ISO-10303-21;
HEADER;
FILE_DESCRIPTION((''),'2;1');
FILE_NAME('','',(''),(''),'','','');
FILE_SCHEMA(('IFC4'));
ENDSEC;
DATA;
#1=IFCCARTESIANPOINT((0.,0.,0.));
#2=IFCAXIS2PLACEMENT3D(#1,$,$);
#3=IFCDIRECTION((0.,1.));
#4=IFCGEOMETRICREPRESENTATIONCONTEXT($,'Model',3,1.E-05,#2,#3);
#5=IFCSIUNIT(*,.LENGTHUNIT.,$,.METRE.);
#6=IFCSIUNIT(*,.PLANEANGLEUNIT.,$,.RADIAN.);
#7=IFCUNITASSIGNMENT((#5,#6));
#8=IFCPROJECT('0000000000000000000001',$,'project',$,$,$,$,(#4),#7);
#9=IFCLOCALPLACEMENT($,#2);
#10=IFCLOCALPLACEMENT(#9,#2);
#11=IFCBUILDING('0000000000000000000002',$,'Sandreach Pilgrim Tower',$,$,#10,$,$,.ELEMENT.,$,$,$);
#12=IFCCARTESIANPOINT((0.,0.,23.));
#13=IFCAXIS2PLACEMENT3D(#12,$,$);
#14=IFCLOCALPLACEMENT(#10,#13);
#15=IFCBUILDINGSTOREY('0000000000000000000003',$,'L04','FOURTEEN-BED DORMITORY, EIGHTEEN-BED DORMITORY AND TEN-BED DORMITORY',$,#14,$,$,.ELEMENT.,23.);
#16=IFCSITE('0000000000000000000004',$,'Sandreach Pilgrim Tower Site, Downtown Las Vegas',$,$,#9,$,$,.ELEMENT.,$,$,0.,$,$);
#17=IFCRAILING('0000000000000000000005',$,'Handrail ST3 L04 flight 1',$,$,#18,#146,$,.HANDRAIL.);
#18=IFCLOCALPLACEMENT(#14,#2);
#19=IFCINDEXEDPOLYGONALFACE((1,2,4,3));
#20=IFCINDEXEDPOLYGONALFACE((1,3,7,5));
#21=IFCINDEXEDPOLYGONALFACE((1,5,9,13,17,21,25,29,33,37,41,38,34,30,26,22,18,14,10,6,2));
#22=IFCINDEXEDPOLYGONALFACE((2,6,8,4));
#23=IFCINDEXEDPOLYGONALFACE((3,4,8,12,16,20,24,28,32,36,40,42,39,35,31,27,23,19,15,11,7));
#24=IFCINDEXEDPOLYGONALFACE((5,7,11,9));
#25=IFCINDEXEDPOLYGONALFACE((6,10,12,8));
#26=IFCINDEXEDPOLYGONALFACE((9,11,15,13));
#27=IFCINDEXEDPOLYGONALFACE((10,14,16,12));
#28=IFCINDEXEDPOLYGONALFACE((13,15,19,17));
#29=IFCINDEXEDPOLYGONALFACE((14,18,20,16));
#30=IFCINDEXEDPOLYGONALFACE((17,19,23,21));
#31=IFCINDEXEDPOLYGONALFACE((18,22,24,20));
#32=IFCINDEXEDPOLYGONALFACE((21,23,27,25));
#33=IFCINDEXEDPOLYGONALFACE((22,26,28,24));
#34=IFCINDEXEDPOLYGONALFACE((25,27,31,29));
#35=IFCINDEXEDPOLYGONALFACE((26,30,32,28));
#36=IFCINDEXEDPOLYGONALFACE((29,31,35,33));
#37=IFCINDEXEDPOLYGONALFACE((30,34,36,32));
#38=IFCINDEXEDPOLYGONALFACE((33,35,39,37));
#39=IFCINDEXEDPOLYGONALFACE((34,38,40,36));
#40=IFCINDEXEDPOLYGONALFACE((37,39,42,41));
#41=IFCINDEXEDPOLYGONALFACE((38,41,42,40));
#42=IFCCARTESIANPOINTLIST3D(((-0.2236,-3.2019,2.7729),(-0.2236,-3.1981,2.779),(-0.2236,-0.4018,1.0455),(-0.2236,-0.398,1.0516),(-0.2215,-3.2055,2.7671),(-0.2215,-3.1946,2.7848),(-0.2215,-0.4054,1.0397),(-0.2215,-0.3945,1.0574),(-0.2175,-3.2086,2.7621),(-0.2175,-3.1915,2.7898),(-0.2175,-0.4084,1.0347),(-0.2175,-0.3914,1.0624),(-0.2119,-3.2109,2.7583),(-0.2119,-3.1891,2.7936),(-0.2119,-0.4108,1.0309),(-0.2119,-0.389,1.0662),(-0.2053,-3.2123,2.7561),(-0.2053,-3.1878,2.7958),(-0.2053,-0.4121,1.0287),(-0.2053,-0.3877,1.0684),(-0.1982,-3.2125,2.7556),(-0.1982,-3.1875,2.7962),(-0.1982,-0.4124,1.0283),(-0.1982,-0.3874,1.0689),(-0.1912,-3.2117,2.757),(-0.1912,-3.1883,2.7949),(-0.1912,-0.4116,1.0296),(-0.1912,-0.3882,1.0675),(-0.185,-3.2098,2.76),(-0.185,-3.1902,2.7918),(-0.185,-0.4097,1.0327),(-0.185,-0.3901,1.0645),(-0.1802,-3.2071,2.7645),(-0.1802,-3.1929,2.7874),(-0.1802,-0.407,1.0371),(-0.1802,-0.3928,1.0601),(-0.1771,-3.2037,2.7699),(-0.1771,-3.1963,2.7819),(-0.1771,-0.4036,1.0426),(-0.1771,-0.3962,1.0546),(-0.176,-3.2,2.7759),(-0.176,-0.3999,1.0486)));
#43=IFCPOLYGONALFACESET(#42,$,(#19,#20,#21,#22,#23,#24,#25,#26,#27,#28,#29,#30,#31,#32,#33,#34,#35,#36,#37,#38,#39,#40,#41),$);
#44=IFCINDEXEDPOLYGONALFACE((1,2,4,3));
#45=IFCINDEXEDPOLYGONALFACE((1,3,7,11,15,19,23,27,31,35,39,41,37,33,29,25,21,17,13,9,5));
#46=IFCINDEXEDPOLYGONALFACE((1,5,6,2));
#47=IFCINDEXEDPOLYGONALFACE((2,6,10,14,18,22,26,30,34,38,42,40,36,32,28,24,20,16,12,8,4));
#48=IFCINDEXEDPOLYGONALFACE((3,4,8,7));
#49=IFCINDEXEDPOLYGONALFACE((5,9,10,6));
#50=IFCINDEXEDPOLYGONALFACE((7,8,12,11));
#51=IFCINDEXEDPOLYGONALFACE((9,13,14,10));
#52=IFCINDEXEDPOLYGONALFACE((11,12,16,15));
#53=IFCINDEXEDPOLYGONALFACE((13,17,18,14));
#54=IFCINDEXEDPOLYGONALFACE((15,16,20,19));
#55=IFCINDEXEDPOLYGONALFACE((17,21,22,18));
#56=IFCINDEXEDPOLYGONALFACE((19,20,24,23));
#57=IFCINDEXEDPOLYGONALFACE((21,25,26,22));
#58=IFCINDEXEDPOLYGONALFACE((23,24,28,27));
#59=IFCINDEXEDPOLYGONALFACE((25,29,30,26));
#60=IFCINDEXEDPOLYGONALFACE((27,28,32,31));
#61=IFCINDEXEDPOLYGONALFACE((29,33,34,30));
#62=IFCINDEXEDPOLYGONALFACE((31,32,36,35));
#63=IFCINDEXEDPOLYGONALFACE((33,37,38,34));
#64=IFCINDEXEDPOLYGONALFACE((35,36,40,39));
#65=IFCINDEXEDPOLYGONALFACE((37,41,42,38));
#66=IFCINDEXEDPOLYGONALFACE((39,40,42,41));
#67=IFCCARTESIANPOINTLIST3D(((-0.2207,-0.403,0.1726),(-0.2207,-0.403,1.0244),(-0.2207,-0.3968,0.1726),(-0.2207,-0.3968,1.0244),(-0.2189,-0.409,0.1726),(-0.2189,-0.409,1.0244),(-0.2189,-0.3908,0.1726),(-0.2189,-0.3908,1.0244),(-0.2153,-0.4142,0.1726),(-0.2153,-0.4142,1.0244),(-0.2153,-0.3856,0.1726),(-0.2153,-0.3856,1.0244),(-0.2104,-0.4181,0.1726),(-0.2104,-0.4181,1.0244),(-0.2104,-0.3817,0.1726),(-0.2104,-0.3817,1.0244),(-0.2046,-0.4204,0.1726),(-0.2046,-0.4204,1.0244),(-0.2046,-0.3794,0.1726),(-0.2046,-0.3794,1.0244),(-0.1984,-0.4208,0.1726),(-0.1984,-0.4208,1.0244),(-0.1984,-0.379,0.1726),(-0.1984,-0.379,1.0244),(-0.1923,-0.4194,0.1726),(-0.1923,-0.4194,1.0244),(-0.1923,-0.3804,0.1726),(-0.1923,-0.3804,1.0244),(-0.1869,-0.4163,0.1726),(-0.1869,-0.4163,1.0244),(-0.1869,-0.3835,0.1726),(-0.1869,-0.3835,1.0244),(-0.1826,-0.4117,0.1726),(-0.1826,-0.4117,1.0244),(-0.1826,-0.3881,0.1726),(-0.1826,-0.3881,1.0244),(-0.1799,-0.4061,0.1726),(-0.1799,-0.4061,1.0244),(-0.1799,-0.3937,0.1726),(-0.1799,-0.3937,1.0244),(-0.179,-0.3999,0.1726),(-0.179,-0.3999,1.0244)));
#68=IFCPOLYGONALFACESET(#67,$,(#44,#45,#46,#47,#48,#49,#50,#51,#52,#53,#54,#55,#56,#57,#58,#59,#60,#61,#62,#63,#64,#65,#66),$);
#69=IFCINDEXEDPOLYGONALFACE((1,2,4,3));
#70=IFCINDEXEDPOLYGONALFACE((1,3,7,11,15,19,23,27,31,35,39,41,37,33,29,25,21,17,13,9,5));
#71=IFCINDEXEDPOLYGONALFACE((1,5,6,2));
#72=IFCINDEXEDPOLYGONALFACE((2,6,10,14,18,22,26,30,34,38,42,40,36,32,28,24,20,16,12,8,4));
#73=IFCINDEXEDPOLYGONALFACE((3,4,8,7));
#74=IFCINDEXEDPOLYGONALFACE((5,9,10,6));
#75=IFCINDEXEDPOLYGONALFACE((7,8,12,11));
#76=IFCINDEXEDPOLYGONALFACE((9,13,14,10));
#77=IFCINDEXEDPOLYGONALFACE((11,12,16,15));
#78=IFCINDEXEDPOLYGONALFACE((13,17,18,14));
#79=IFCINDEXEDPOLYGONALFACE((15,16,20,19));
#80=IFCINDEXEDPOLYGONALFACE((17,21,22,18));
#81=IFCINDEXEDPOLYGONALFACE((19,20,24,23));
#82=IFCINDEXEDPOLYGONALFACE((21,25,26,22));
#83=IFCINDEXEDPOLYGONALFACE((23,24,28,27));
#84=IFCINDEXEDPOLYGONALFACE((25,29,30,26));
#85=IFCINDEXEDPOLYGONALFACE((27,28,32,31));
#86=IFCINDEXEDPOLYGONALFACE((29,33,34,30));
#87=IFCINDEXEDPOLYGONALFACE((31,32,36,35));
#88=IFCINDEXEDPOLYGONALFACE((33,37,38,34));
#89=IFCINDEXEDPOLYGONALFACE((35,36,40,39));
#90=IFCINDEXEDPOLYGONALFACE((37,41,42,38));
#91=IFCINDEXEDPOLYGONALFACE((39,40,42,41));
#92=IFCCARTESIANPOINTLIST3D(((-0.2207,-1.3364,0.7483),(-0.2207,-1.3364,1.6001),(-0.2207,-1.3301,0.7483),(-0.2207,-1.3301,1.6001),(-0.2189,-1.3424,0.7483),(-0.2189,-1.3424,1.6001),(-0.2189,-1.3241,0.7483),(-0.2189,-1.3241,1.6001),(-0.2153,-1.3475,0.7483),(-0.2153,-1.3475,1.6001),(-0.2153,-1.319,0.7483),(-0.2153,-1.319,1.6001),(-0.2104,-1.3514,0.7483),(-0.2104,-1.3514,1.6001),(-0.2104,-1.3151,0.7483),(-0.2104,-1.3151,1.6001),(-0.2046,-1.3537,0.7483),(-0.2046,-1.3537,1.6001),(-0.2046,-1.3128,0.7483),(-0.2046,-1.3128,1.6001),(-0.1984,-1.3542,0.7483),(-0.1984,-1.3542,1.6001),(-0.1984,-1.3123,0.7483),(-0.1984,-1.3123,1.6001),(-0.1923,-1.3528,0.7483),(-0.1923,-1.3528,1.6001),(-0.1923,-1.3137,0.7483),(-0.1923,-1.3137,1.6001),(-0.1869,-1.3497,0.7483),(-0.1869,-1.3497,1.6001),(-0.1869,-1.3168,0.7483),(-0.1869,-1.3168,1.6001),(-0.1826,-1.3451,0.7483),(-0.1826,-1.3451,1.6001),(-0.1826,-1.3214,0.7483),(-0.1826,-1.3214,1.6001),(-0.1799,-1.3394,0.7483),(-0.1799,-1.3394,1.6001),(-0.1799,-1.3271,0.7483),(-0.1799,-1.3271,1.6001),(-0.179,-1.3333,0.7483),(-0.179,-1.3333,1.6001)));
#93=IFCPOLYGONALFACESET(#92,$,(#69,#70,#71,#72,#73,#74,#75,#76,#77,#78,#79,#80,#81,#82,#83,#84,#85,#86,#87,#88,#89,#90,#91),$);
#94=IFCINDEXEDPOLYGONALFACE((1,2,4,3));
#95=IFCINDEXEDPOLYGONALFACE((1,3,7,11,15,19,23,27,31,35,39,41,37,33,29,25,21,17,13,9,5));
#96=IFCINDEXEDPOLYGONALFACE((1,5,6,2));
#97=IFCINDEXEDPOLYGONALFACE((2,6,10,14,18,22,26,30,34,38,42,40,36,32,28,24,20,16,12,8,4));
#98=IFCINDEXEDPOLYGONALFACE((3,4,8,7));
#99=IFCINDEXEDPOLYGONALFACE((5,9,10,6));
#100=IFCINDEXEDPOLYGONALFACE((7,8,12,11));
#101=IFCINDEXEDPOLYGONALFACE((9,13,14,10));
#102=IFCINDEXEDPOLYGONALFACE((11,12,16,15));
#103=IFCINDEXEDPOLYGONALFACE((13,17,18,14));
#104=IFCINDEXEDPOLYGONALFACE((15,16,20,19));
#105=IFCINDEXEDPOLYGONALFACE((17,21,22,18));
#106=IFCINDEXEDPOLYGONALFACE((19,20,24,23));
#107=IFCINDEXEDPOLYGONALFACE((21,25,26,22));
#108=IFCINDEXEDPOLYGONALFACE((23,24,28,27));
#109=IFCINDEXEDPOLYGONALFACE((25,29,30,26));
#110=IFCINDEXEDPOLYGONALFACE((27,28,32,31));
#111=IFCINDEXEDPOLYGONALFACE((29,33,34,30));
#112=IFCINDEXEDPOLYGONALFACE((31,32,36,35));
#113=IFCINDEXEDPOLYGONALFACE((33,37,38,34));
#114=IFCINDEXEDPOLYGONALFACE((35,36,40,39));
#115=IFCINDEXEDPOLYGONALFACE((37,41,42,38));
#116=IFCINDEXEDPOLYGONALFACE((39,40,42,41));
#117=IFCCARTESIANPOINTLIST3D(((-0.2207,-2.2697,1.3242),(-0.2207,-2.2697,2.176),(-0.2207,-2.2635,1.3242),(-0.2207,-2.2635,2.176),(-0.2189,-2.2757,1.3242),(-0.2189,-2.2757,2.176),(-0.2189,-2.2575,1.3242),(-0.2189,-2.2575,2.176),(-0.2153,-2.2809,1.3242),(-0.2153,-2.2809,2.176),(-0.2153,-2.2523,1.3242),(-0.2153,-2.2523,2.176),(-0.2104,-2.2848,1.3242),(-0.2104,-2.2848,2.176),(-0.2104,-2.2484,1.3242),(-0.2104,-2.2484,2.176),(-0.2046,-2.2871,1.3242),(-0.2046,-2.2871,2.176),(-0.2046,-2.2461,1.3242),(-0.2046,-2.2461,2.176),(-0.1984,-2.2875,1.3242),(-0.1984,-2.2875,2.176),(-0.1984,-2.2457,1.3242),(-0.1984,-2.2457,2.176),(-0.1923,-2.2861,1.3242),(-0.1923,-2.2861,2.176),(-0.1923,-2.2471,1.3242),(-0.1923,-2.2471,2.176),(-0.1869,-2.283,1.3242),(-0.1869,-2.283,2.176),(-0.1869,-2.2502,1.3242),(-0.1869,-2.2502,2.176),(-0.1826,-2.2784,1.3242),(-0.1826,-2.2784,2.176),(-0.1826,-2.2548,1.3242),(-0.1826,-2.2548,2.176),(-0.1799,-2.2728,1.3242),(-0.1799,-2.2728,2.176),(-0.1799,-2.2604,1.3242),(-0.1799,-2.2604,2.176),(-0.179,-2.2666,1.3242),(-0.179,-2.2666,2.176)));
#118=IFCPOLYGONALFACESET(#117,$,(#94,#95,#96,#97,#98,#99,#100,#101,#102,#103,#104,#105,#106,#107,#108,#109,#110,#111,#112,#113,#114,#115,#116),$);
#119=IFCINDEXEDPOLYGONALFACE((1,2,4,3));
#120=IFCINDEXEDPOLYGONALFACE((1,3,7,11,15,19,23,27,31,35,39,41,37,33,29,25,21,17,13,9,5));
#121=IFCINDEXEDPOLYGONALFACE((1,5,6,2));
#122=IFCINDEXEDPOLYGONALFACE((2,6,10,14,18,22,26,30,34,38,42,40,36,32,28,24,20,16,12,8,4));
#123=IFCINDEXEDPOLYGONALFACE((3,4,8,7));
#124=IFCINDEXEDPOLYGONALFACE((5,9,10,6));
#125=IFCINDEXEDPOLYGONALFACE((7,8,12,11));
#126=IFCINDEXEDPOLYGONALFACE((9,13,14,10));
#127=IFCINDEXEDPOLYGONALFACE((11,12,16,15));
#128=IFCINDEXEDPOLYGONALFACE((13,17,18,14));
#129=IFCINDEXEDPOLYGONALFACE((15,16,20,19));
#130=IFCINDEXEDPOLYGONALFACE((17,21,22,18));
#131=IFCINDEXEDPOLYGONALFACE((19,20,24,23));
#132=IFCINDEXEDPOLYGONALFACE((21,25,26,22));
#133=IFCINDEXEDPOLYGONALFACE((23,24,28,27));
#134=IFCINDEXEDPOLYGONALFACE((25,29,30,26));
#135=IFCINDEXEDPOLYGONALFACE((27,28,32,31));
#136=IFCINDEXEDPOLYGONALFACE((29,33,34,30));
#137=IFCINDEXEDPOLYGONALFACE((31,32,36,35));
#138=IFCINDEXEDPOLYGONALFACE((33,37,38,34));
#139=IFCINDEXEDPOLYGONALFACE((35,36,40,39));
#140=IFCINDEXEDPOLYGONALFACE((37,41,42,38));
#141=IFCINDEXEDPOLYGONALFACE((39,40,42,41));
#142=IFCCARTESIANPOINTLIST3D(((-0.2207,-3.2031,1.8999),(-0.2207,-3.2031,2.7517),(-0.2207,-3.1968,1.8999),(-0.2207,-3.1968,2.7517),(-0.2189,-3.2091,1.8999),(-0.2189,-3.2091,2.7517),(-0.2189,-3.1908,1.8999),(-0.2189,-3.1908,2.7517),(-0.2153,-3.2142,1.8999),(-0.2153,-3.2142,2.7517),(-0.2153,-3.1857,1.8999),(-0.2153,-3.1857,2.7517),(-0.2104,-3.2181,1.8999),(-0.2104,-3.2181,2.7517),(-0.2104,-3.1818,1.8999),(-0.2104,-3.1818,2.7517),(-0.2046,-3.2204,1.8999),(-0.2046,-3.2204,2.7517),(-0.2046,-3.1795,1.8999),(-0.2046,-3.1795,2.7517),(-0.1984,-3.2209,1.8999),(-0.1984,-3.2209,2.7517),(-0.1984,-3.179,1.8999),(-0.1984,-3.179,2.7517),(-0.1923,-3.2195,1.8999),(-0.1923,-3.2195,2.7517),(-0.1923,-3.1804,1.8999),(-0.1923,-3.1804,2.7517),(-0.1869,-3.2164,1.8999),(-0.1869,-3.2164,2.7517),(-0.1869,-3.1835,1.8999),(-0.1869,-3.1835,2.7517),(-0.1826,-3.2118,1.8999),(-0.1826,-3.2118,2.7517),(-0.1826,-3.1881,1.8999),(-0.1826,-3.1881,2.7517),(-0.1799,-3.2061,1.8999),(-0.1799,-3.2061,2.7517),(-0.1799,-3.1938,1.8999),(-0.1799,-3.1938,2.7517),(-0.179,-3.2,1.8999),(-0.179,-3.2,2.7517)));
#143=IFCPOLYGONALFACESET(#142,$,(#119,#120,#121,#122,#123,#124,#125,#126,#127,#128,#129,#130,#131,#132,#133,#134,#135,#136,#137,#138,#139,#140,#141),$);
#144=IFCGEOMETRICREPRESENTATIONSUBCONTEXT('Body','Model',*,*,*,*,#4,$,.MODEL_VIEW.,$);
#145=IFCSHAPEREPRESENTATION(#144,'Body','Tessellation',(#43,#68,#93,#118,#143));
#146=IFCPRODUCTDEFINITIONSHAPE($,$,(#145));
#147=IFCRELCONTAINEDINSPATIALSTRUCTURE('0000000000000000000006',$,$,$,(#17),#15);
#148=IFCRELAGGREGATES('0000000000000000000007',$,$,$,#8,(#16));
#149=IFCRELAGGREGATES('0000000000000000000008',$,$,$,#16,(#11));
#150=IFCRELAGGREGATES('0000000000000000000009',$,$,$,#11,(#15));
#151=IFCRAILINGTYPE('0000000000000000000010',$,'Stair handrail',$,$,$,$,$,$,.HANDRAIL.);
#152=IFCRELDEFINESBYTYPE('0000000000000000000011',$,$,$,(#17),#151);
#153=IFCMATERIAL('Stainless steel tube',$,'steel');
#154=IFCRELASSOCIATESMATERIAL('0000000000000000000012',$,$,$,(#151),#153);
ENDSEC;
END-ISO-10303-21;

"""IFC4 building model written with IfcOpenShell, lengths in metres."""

from ifc_helpers import new_model, si_unit, direction, frame, origin, origin_2d, place, context, subcontext, project, spatial, circle, extrude, material, type_object, element, save


model = new_model("IFC4")

# Units and contexts
model_context = context("Model", 3, precision=1e-05, world=origin(), true_north=direction((0.0, 1.0)))
body_context = subcontext(model_context, "Body", "Model", "MODEL_VIEW")
ifc_project = project(units=[si_unit("LENGTHUNIT", "METRE"), si_unit("PLANEANGLEUNIT", "RADIAN")], contexts=[model_context])

# Site, building, storey
site_placement = place(None, origin())
site = spatial("IfcSite", under=ifc_project, at=site_placement, Name="Sandreach Pilgrim Tower Site, Downtown Las Vegas", CompositionType="ELEMENT", RefElevation=0.0)
building_placement = place(site_placement, origin())
building = spatial("IfcBuilding", under=site, at=building_placement, Name="Sandreach Pilgrim Tower", CompositionType="ELEMENT")
storey_placement = place(building_placement, frame((0.0, 0.0, 23.0)))
storey = spatial("IfcBuildingStorey", under=building, at=storey_placement, Name="L04", Description="FOURTEEN-BED DORMITORY, EIGHTEEN-BED DORMITORY AND TEN-BED DORMITORY", CompositionType="ELEMENT", Elevation=23.0)

# Railing
ifc_material_1 = material(Name="Stainless steel tube", Category="steel")
railing_type = type_object("IfcRailingType", Name="Stair handrail", PredefinedType="HANDRAIL", material=ifc_material_1)
for number, where, name in (
    (1, (-0.2, -0.3999, 0.1726), "Handrail ST3 L04 flight 1"),
):
    element("IfcRailing", number, at=place(storey_placement, frame(where)), inside=storey, type_object=railing_type, Name=name, PredefinedType="HANDRAIL", context=body_context, shape_type="SweptSolid", body=[
        extrude(circle(Radius=0.0239, at=origin_2d()), frame((0.0, 0.0, 0.876), z_axis=(0.0, -0.85109, 0.52502), x_axis=(1.0, 0.0, 0.0)), (0.0, 0.0, 1.0), 3.29),
        extrude(circle(Radius=0.021, at=origin_2d()), origin(), (0.0, 0.0, 1.0), 0.8518),
        extrude(circle(Radius=0.021, at=origin_2d()), frame((0.0, -0.9333, 0.5757)), (0.0, 0.0, 1.0), 0.8518),
        extrude(circle(Radius=0.021, at=origin_2d()), frame((0.0, -1.8667, 1.1516)), (0.0, 0.0, 1.0), 0.8518),
        extrude(circle(Radius=0.021, at=origin_2d()), frame((0.0, -2.8, 1.7273)), (0.0, 0.0, 1.0), 0.8518),
    ])

save(model, "model.ifc")
